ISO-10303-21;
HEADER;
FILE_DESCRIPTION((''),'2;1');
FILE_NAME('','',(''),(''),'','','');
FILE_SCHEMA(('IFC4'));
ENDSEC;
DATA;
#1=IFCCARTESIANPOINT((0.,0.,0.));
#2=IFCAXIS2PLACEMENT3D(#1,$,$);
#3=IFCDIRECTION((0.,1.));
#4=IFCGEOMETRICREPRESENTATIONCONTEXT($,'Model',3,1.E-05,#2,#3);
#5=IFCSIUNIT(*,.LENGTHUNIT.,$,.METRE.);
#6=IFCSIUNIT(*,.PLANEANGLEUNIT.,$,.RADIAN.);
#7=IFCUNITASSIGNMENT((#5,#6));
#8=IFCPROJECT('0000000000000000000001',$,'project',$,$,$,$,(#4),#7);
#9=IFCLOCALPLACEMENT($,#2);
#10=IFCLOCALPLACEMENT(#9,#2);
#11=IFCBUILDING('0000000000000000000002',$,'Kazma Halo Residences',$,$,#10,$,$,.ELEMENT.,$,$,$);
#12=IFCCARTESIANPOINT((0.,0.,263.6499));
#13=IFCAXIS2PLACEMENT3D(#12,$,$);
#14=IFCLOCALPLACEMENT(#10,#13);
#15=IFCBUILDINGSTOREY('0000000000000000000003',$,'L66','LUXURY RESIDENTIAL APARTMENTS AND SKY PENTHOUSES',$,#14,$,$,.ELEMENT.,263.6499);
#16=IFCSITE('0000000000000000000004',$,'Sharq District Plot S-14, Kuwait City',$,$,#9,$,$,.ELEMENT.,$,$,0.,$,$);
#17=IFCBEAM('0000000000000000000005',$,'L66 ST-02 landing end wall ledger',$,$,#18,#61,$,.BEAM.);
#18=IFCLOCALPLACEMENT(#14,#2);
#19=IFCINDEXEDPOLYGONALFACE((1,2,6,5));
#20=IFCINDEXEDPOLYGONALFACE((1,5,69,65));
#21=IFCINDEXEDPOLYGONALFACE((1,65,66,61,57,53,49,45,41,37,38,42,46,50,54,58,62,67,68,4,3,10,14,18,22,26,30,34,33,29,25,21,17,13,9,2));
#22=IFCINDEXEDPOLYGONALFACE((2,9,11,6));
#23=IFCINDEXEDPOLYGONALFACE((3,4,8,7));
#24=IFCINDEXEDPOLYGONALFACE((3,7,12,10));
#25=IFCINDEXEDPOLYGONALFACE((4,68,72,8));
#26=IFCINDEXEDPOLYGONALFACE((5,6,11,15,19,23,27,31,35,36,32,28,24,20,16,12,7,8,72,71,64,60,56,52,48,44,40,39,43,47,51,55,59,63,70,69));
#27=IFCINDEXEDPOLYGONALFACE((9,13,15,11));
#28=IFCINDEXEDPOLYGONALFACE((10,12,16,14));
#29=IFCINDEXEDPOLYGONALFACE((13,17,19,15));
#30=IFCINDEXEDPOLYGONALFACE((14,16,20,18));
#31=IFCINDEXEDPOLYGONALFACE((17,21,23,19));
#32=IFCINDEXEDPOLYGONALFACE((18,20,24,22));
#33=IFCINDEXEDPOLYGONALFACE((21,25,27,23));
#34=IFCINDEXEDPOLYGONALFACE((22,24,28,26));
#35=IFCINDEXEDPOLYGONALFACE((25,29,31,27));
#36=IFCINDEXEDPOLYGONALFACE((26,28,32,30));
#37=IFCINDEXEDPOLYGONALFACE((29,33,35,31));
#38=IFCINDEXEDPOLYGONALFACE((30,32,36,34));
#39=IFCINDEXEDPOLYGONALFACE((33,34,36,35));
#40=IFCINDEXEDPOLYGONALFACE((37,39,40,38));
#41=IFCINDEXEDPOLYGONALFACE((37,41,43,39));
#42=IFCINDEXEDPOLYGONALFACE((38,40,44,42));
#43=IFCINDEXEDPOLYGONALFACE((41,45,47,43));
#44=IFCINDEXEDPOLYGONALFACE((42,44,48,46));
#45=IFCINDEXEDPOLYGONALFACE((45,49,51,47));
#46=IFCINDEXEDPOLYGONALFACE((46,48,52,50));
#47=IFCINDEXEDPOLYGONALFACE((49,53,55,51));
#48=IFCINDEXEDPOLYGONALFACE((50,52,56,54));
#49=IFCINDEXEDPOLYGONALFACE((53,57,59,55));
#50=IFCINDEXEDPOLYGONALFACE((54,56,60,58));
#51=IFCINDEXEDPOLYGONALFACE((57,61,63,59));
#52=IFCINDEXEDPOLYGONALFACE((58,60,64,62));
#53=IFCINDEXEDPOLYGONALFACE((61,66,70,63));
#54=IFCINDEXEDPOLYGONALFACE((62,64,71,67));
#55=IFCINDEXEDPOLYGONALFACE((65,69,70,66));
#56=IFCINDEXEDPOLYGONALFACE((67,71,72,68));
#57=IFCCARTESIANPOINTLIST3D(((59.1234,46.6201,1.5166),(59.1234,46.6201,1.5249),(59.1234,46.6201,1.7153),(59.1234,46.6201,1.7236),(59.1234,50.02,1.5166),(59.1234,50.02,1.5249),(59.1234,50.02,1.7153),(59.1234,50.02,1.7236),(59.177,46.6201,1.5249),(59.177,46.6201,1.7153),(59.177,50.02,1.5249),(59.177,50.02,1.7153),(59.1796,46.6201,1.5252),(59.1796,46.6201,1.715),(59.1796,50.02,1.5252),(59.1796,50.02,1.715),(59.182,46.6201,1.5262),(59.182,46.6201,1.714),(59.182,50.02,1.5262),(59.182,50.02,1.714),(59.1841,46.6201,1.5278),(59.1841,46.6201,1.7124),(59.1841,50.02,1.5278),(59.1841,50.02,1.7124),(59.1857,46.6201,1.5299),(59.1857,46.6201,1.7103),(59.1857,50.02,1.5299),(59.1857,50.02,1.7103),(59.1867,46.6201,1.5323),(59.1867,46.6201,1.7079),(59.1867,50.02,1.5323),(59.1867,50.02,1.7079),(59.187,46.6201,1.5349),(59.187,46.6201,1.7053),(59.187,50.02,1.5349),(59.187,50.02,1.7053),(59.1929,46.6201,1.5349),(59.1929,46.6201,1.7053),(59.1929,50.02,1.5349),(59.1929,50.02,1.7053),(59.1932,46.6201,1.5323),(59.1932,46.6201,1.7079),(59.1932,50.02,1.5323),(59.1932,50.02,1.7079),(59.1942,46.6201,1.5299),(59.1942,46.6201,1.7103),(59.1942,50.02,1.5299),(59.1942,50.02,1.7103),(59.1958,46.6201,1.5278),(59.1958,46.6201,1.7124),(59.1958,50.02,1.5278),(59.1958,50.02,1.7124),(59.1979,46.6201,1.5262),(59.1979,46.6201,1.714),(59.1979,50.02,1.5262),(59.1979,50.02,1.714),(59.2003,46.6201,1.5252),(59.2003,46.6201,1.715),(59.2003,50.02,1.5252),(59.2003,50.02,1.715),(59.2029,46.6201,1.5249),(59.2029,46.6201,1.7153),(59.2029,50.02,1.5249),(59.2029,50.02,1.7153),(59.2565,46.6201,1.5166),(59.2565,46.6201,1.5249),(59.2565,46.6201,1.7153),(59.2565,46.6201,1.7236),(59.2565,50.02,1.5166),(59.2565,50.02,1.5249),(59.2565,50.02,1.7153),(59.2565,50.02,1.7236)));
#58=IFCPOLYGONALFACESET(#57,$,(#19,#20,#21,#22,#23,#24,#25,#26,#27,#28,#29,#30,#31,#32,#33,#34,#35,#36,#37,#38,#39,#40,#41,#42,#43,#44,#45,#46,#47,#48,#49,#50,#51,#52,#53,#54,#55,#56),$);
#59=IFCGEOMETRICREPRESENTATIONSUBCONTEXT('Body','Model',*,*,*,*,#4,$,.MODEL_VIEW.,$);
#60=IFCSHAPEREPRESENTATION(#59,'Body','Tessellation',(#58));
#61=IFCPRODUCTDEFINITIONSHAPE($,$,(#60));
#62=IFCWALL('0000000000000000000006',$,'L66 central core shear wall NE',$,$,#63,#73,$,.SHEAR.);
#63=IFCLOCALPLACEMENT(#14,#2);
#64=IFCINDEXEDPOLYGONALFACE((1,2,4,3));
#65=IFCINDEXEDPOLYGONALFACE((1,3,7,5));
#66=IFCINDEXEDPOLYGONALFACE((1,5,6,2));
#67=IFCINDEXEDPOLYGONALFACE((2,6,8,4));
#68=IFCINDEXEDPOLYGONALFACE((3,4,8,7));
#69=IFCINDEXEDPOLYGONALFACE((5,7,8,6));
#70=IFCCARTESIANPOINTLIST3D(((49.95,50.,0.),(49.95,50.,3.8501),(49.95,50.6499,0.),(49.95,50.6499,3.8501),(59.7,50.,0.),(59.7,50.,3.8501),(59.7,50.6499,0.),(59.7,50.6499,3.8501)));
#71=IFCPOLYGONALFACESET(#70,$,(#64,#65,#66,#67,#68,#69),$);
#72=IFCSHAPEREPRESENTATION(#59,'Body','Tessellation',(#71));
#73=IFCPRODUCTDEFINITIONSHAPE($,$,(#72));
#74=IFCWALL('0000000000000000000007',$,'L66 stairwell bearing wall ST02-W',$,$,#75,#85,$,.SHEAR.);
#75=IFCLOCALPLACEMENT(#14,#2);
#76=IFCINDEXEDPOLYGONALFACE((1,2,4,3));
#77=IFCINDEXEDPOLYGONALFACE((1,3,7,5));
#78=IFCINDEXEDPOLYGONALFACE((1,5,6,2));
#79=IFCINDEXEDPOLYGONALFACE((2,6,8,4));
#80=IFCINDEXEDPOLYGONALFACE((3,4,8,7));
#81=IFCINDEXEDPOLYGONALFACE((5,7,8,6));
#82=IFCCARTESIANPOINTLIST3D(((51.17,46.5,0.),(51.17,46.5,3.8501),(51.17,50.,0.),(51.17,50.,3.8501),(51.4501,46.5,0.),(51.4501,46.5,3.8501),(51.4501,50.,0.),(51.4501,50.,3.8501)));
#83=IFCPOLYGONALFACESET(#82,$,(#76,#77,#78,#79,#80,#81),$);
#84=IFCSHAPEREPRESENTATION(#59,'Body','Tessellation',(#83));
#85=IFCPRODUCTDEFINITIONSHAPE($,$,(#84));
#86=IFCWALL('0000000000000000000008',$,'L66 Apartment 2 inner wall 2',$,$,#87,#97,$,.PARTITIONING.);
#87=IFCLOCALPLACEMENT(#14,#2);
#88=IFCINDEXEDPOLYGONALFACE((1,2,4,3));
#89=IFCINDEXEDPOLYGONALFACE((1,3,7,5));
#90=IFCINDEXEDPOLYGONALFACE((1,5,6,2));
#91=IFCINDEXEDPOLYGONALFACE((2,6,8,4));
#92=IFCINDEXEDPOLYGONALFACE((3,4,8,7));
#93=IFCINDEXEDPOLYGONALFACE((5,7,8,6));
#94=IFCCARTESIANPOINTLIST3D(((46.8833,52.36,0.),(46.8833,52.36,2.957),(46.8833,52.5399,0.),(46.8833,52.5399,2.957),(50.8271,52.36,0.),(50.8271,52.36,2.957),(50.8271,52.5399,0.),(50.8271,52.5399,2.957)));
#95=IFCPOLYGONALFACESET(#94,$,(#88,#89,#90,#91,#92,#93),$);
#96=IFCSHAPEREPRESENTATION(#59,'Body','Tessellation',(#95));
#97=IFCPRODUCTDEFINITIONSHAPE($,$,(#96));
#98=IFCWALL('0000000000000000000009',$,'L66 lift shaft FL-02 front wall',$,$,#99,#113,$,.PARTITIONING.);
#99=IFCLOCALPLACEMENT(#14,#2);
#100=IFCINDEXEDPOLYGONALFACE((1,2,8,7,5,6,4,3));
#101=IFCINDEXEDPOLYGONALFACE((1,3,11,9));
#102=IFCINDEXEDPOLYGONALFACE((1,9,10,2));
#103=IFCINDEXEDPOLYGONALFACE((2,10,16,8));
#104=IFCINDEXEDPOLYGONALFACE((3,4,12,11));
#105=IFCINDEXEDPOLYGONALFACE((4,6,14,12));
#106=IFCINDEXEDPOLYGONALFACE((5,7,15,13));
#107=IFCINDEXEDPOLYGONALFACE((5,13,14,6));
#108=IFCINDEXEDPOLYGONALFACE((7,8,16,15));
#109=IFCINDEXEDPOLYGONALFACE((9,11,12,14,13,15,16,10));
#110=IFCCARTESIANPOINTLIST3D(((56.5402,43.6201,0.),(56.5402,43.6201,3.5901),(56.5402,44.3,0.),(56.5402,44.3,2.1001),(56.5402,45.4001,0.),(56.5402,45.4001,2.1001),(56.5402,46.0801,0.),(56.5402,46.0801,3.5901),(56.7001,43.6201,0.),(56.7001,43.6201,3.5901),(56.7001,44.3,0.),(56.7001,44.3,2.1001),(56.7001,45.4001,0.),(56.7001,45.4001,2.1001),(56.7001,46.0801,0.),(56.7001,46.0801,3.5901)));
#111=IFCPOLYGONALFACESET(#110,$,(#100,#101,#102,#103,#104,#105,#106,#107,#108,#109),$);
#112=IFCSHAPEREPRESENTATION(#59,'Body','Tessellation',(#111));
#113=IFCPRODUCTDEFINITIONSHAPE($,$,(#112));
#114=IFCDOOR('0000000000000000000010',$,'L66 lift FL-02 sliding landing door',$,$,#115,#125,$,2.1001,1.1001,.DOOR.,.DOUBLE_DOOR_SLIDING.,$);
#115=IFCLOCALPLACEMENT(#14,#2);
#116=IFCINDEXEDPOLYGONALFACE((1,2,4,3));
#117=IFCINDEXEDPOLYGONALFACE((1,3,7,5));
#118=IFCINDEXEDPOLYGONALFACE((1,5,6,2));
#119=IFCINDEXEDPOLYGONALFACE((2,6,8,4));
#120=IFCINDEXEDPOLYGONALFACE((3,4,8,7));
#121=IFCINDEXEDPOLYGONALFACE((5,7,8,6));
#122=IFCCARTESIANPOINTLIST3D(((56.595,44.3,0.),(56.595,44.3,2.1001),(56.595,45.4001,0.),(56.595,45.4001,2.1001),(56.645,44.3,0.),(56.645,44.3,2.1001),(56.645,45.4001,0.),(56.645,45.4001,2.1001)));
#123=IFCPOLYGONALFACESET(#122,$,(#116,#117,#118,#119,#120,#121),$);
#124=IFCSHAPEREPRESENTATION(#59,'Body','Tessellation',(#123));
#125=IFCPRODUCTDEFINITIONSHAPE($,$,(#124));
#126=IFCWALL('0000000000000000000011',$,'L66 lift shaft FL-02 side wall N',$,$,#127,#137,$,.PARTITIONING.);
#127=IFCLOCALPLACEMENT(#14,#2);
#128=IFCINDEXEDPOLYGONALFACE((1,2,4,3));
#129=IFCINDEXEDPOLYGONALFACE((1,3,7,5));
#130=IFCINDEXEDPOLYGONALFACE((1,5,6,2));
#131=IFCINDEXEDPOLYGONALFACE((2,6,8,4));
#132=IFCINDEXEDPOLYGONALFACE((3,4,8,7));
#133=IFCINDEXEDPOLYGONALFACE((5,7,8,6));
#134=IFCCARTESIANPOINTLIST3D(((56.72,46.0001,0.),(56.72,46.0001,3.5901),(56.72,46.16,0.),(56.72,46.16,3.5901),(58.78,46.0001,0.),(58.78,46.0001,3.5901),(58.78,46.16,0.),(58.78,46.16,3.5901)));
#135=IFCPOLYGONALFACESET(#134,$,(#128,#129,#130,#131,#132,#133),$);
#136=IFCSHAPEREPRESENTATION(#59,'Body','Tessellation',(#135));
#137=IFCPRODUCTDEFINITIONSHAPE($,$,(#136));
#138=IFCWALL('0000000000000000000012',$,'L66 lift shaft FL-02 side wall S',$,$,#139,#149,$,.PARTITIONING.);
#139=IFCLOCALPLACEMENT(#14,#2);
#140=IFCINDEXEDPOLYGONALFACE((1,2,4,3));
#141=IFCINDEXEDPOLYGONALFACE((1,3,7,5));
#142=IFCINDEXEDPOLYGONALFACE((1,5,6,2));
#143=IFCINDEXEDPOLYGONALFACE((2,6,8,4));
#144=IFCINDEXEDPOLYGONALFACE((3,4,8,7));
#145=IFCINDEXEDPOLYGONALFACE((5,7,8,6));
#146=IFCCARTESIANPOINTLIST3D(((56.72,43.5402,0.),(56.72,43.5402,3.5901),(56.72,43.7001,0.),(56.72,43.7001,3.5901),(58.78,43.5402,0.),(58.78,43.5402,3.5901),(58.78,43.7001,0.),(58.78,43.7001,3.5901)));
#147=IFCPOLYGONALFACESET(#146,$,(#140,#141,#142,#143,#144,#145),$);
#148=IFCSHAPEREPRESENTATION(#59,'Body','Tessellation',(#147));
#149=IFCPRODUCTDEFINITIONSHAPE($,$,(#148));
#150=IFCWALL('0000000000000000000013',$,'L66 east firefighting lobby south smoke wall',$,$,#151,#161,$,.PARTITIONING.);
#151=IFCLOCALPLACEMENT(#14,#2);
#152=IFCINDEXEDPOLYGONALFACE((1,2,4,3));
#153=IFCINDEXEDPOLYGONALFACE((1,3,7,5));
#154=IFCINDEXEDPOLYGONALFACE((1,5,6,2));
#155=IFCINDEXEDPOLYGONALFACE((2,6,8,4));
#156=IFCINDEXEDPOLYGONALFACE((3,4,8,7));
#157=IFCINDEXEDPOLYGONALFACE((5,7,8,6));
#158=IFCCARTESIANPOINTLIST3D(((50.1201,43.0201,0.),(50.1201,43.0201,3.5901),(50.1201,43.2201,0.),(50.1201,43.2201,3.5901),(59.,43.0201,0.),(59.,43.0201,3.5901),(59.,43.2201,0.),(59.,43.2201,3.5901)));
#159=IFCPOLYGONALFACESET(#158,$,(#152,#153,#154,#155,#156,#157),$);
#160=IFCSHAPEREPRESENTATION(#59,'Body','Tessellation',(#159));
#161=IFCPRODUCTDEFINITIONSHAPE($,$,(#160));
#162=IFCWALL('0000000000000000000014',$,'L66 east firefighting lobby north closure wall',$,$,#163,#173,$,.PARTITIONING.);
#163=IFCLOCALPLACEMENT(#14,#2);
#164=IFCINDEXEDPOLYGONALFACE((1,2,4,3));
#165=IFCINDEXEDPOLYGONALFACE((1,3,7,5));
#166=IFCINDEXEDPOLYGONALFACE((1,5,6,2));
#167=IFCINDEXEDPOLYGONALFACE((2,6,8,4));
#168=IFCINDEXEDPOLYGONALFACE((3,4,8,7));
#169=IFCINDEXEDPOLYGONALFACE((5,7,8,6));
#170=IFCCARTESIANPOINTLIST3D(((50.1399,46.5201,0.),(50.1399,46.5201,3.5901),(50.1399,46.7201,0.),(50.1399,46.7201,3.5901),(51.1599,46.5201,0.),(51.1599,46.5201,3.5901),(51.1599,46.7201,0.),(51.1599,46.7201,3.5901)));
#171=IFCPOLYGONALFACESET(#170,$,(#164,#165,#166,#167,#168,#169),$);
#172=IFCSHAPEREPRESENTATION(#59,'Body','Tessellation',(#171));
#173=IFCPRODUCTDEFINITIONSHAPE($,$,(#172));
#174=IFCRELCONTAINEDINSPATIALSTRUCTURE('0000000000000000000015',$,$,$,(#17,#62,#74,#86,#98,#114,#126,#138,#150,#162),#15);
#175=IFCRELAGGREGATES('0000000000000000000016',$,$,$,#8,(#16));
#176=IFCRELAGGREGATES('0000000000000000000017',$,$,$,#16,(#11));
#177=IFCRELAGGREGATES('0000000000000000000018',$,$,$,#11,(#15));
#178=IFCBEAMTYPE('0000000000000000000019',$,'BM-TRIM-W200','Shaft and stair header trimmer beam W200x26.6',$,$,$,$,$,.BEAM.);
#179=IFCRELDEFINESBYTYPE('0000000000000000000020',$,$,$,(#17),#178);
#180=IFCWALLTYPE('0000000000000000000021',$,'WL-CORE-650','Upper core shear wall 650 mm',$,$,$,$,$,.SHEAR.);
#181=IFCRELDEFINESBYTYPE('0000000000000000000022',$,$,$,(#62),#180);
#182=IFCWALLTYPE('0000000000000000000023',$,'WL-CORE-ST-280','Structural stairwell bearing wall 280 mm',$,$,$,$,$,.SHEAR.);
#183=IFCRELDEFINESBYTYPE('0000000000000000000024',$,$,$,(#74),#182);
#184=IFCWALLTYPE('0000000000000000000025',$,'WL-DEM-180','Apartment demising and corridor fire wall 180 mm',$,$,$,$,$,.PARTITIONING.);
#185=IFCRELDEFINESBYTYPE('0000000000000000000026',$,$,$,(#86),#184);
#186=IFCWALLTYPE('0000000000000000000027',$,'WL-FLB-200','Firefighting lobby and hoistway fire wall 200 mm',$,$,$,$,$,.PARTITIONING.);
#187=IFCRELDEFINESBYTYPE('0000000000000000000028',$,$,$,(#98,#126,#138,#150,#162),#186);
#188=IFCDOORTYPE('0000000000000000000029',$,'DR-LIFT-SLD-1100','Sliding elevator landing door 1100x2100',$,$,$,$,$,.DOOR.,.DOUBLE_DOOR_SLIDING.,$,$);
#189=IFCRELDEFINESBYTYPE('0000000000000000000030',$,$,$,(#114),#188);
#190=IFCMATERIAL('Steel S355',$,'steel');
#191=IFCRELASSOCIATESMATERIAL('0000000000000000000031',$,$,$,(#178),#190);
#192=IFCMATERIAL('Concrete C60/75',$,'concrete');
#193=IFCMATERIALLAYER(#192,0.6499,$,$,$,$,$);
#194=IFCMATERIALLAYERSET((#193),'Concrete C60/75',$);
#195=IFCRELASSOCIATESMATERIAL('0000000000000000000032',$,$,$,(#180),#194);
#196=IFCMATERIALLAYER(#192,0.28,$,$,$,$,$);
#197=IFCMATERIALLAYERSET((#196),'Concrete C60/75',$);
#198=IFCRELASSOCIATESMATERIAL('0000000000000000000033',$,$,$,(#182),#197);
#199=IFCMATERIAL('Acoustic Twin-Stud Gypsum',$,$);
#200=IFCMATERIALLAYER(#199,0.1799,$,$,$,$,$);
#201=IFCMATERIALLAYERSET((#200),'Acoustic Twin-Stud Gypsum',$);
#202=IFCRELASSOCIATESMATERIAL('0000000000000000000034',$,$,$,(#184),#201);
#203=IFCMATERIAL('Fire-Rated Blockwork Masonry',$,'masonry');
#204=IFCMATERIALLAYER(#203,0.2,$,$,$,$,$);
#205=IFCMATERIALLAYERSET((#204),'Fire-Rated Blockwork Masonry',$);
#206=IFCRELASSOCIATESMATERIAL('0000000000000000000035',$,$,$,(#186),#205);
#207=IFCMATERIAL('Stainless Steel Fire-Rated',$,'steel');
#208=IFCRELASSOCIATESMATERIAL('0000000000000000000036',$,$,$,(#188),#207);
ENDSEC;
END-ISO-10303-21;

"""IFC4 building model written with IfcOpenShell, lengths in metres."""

from ifc_helpers import new_model, si_unit, direction, frame, frame_2d, origin, origin_2d, place, context, subcontext, project, spatial, rectangle, i_section, extrude, material, layer, layer_set, material_profile, profile_set, type_object, element, fill, save


model = new_model("IFC4")

# Units and contexts
model_context = context("Model", 3, precision=1e-05, world=origin(), true_north=direction((0.0, 1.0)))
body_context = subcontext(model_context, "Body", "Model", "MODEL_VIEW")
ifc_project = project(units=[si_unit("LENGTHUNIT", "METRE"), si_unit("PLANEANGLEUNIT", "RADIAN")], contexts=[model_context])

# Site, building, storey
site_placement = place(None, origin())
site = spatial("IfcSite", under=ifc_project, at=site_placement, Name="Sharq District Plot S-14, Kuwait City", CompositionType="ELEMENT", RefElevation=0.0)
building_placement = place(site_placement, origin())
building = spatial("IfcBuilding", under=site, at=building_placement, Name="Kazma Halo Residences", CompositionType="ELEMENT")
storey_placement = place(building_placement, frame((0.0, 0.0, 263.6499)))
storey = spatial("IfcBuildingStorey", under=building, at=storey_placement, Name="L66", Description="LUXURY RESIDENTIAL APARTMENTS AND SKY PENTHOUSES", CompositionType="ELEMENT", Elevation=263.6499)

# Shared definitions
ifc_material_1 = material(Name="Steel S355", Category="steel")

# Beam
ifc_material_profile_1 = material_profile(ifc_material_1, i_section(OverallWidth=0.1331, OverallDepth=0.207, WebThickness=0.0059, FlangeThickness=0.0083, FilletRadius=0.01, at=origin_2d()), Name="W200x26.6")
ifc_profile_set_1 = profile_set([ifc_material_profile_1], Name="Steel S355")
beam_type_1 = type_object("IfcBeamType", Name="BM-TRIM-W200", Description="Shaft and stair header trimmer beam W200x26.6", PredefinedType="BEAM", material=ifc_profile_set_1)
beam_1_placement = place(storey_placement, frame((59.1899, 46.6201, 1.6201), z_axis=(0.0, 1.0, 0.0), x_axis=(-1.0, 0.0, 0.0)))
element("IfcBeam", 1, at=beam_1_placement, inside=storey, type_object=beam_type_1, Name="L66 ST-02 landing end wall ledger", PredefinedType="BEAM", context=body_context, shape_type="SweptSolid", body=[
    extrude(i_section(OverallWidth=0.1331, OverallDepth=0.207, WebThickness=0.0059, FlangeThickness=0.0083, FilletRadius=0.01, at=origin_2d()), origin(), (0.0, 0.0, 1.0), 3.3999),
])

# Walls
ifc_material_2 = material(Name="Concrete C60/75", Category="concrete")
ifc_layer_1 = layer(ifc_material_2, 0.6499)
ifc_layer_set_1 = layer_set([ifc_layer_1], Name="Concrete C60/75")
wall_type_1 = type_object("IfcWallType", Name="WL-CORE-650", Description="Upper core shear wall 650 mm", PredefinedType="SHEAR", material=ifc_layer_set_1)
wall_1_placement = place(storey_placement, frame((49.95, 50.325, 0.0), z_axis=(0.0, 0.0, 1.0), x_axis=(1.0, 0.0, 0.0)))
element("IfcWall", 2, at=wall_1_placement, inside=storey, type_object=wall_type_1, Name="L66 central core shear wall NE", PredefinedType="SHEAR", context=body_context, shape_type="SweptSolid", body=[
    extrude(rectangle(XDim=9.75, YDim=0.6499, at=frame_2d((4.875, 0.0))), origin(), (0.0, 0.0, 1.0), 3.8501),
])
ifc_layer_2 = layer(ifc_material_2, 0.28)
ifc_layer_set_2 = layer_set([ifc_layer_2], Name="Concrete C60/75")
wall_type_2 = type_object("IfcWallType", Name="WL-CORE-ST-280", Description="Structural stairwell bearing wall 280 mm", PredefinedType="SHEAR", material=ifc_layer_set_2)
wall_2_placement = place(storey_placement, frame((51.3101, 46.5, 0.0), z_axis=(0.0, 0.0, 1.0), x_axis=(0.0, 1.0, 0.0)))
element("IfcWall", 3, at=wall_2_placement, inside=storey, type_object=wall_type_2, Name="L66 stairwell bearing wall ST02-W", PredefinedType="SHEAR", context=body_context, shape_type="SweptSolid", body=[
    extrude(rectangle(XDim=3.5, YDim=0.28, at=frame_2d((1.75, 0.0))), origin(), (0.0, 0.0, 1.0), 3.8501),
])
ifc_material_3 = material(Name="Acoustic Twin-Stud Gypsum")
ifc_layer_3 = layer(ifc_material_3, 0.1799)
ifc_layer_set_3 = layer_set([ifc_layer_3], Name="Acoustic Twin-Stud Gypsum")
wall_type_3 = type_object("IfcWallType", Name="WL-DEM-180", Description="Apartment demising and corridor fire wall 180 mm", PredefinedType="PARTITIONING", material=ifc_layer_set_3)
wall_3_placement = place(storey_placement, frame((50.8271, 52.45, 0.0), z_axis=(0.0, 0.0, 1.0), x_axis=(-1.0, 0.0, 0.0)))
element("IfcWall", 4, at=wall_3_placement, inside=storey, type_object=wall_type_3, Name="L66 Apartment 2 inner wall 2", PredefinedType="PARTITIONING", context=body_context, shape_type="SweptSolid", body=[
    extrude(rectangle(XDim=3.9438, YDim=0.1799, at=frame_2d((1.9719, 0.0))), origin(), (0.0, 0.0, 1.0), 2.957),
])

# Wall, opening, door
ifc_material_4 = material(Name="Fire-Rated Blockwork Masonry", Category="masonry")
ifc_layer_4 = layer(ifc_material_4, 0.2)
ifc_layer_set_4 = layer_set([ifc_layer_4], Name="Fire-Rated Blockwork Masonry")
wall_type_4 = type_object("IfcWallType", Name="WL-FLB-200", Description="Firefighting lobby and hoistway fire wall 200 mm", PredefinedType="PARTITIONING", material=ifc_layer_set_4)
wall_4_placement = place(storey_placement, frame((56.6201, 46.0801, 0.0), z_axis=(0.0, 0.0, 1.0), x_axis=(0.0, -1.0, 0.0)))
wall_4 = element("IfcWall", 5, at=wall_4_placement, inside=storey, type_object=wall_type_4, Name="L66 lift shaft FL-02 front wall", PredefinedType="PARTITIONING", context=body_context, shape_type="SweptSolid", body=[
    extrude(rectangle(XDim=2.46, YDim=0.1599, at=frame_2d((1.23, 0.0))), origin(), (0.0, 0.0, 1.0), 3.5901),
])
opening_1_placement = place(wall_4_placement, frame((0.6799, 0.0, 0.0)))
opening_1 = element("IfcOpeningElement", 6, at=opening_1_placement, cuts=wall_4, PredefinedType="OPENING", context=body_context, shape_type="SweptSolid", body=[
    extrude(rectangle(XDim=1.1001, YDim=2.1001, at=frame_2d((0.55, 1.05))), frame((0.0, 0.0898, 0.0), z_axis=(0.0, -1.0, 0.0), x_axis=(1.0, 0.0, 0.0)), (0.0, 0.0, 1.0), 0.1799),
])
ifc_material_5 = material(Name="Stainless Steel Fire-Rated", Category="steel")
door_type_1 = type_object("IfcDoorType", Name="DR-LIFT-SLD-1100", Description="Sliding elevator landing door 1100x2100", OperationType="DOUBLE_DOOR_SLIDING", PredefinedType="DOOR", material=ifc_material_5)
door_1_placement = place(opening_1_placement, origin())
door_1 = element("IfcDoor", 7, at=door_1_placement, inside=storey, type_object=door_type_1, Name="L66 lift FL-02 sliding landing door", OperationType="DOUBLE_DOOR_SLIDING", OverallHeight=2.1001, OverallWidth=1.1001, PredefinedType="DOOR", context=body_context, shape_type="SweptSolid", body=[
    extrude(rectangle(XDim=1.1001, YDim=2.1001, at=frame_2d((0.55, 1.05))), frame((0.0, 0.0249, 0.0), z_axis=(0.0, -1.0, 0.0), x_axis=(1.0, 0.0, 0.0)), (0.0, 0.0, 1.0), 0.05),
])
fill(opening_1, door_1)

# Walls
for number, where, z_axis, x_axis, name in (
    (8, (56.72, 46.0801, 0.0), (0.0, 0.0, 1.0), (1.0, 0.0, 0.0), "L66 lift shaft FL-02 side wall N"),
    (9, (56.72, 43.6201, 0.0), (0.0, 0.0, 1.0), (1.0, 0.0, 0.0), "L66 lift shaft FL-02 side wall S"),
):
    element("IfcWall", number, at=place(storey_placement, frame(where, z_axis=z_axis, x_axis=x_axis)), inside=storey, type_object=wall_type_4, Name=name, PredefinedType="PARTITIONING", context=body_context, shape_type="SweptSolid", body=[
        extrude(rectangle(XDim=2.0601, YDim=0.1599, at=frame_2d((1.03, 0.0))), origin(), (0.0, 0.0, 1.0), 3.5901),
    ])
wall_5_placement = place(storey_placement, frame((50.1201, 43.1201, 0.0), z_axis=(0.0, 0.0, 1.0), x_axis=(1.0, 0.0, 0.0)))
element("IfcWall", 10, at=wall_5_placement, inside=storey, type_object=wall_type_4, Name="L66 east firefighting lobby south smoke wall", PredefinedType="PARTITIONING", context=body_context, shape_type="SweptSolid", body=[
    extrude(rectangle(XDim=8.8799, YDim=0.2, at=frame_2d((4.4399, 0.0))), origin(), (0.0, 0.0, 1.0), 3.5901),
])
wall_6_placement = place(storey_placement, frame((50.1399, 46.6201, 0.0), z_axis=(0.0, 0.0, 1.0), x_axis=(1.0, 0.0, 0.0)))
element("IfcWall", 11, at=wall_6_placement, inside=storey, type_object=wall_type_4, Name="L66 east firefighting lobby north closure wall", PredefinedType="PARTITIONING", context=body_context, shape_type="SweptSolid", body=[
    extrude(rectangle(XDim=1.02, YDim=0.2, at=frame_2d((0.51, 0.0))), origin(), (0.0, 0.0, 1.0), 3.5901),
])

save(model, "model.ifc")
